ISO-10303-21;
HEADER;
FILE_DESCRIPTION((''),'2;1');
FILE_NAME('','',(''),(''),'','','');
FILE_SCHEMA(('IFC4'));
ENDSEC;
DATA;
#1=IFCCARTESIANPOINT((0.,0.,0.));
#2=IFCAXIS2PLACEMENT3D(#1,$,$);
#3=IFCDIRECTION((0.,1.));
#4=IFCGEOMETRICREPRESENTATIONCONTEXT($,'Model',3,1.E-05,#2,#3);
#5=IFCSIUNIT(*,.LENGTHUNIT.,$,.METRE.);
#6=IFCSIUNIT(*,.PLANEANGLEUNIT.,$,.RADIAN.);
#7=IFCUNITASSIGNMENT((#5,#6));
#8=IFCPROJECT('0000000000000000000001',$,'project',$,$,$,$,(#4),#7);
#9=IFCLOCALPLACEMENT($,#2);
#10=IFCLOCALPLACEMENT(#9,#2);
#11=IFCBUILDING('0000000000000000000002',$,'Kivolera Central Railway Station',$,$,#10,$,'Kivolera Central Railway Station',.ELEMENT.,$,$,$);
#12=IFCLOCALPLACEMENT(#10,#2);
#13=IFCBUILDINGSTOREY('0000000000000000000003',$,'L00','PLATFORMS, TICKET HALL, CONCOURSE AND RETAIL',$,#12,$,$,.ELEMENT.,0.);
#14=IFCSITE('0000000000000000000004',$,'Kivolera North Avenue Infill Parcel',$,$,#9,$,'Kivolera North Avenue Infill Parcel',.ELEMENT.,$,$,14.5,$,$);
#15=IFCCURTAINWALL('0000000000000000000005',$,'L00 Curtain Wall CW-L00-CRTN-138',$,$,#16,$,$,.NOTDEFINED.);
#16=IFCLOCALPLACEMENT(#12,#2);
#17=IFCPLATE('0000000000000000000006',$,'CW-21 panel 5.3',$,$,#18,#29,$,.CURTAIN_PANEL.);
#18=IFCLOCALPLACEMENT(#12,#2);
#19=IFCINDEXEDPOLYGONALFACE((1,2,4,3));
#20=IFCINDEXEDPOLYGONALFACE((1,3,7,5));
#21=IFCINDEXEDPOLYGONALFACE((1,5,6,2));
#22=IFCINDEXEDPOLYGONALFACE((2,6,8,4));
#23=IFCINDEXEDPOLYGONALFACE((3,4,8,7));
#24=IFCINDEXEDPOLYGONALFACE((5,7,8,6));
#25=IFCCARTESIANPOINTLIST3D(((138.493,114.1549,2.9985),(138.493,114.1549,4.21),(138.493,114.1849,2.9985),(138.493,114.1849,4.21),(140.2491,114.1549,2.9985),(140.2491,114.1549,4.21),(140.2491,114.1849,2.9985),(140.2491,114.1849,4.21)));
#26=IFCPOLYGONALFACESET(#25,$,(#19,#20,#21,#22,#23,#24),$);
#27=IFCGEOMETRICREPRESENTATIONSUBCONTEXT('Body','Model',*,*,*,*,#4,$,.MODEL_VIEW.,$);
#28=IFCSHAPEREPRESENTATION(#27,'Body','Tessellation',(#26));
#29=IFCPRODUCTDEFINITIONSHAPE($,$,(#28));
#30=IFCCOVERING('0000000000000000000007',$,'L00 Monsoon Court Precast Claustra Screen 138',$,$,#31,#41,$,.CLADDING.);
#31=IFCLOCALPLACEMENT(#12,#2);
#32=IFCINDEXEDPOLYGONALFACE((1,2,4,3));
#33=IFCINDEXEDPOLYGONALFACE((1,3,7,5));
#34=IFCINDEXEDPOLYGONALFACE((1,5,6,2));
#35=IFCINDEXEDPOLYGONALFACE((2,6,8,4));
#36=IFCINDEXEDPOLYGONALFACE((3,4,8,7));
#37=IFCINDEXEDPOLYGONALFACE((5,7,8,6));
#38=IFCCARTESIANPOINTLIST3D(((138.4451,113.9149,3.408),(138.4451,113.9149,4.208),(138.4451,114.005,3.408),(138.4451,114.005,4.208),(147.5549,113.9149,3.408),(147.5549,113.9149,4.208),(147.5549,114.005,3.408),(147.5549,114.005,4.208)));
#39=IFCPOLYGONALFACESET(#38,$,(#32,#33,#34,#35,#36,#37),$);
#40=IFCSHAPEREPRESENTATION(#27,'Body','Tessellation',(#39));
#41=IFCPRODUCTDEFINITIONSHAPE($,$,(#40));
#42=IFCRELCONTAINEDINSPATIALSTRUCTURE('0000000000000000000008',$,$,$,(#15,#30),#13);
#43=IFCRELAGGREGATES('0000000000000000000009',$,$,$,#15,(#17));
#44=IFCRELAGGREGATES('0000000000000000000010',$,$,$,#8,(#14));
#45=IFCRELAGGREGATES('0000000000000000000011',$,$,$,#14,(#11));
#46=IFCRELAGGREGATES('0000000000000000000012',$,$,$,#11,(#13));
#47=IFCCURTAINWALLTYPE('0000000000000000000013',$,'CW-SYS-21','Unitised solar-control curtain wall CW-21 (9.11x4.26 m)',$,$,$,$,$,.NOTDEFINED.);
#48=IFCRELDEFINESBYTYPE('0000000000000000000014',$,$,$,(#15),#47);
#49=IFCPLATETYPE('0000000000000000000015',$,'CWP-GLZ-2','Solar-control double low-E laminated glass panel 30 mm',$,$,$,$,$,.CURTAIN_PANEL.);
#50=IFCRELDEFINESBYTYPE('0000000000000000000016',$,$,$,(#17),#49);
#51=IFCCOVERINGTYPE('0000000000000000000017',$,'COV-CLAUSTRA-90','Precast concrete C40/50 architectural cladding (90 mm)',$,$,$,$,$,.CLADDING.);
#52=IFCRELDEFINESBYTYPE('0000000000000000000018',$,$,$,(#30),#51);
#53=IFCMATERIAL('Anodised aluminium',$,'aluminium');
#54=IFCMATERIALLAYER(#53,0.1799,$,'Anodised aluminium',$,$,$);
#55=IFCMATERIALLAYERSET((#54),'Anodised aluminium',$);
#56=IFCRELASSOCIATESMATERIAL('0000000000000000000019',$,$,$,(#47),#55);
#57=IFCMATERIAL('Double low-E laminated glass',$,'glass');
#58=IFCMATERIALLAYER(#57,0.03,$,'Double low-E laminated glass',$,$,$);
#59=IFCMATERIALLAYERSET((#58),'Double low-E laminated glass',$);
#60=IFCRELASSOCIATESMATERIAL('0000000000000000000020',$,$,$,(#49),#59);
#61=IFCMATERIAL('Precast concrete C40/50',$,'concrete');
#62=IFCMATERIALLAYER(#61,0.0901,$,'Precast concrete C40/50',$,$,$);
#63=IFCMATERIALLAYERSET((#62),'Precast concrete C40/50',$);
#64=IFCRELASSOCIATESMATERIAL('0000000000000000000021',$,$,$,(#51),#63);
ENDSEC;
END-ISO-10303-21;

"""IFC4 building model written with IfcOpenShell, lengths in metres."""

from ifc_helpers import new_model, si_unit, direction, frame, frame_2d, origin, origin_2d, place, context, subcontext, project, spatial, rectangle, extrude, material, layer, layer_set, type_object, element, aggregate, save


model = new_model("IFC4")

# Units and contexts
model_context = context("Model", 3, precision=1e-05, world=origin(), true_north=direction((0.0, 1.0)))
body_context = subcontext(model_context, "Body", "Model", "MODEL_VIEW")
ifc_project = project(units=[si_unit("LENGTHUNIT", "METRE"), si_unit("PLANEANGLEUNIT", "RADIAN")], contexts=[model_context])

# Site, building, storey
site_placement = place(None, origin())
site = spatial("IfcSite", under=ifc_project, at=site_placement, Name="Kivolera North Avenue Infill Parcel", LongName="Kivolera North Avenue Infill Parcel", CompositionType="ELEMENT", RefElevation=14.5)
building_placement = place(site_placement, origin())
building = spatial("IfcBuilding", under=site, at=building_placement, Name="Kivolera Central Railway Station", LongName="Kivolera Central Railway Station", CompositionType="ELEMENT")
storey_placement = place(building_placement, origin())
storey = spatial("IfcBuildingStorey", under=building, at=storey_placement, Name="L00", Description="PLATFORMS, TICKET HALL, CONCOURSE AND RETAIL", CompositionType="ELEMENT", Elevation=0.0)

# Curtain wall, plate
ifc_material_1 = material(Name="Anodised aluminium", Category="aluminium")
ifc_layer_1 = layer(ifc_material_1, 0.1799, Name="Anodised aluminium")
ifc_layer_set_1 = layer_set([ifc_layer_1], Name="Anodised aluminium")
curtain_wall_type = type_object("IfcCurtainWallType", Name="CW-SYS-21", Description="Unitised solar-control curtain wall CW-21 (9.11x4.26 m)", PredefinedType="NOTDEFINED", material=ifc_layer_set_1)
curtain_wall_placement = place(storey_placement, origin())
curtain_wall = element("IfcCurtainWall", 1, at=curtain_wall_placement, inside=storey, type_object=curtain_wall_type, Name="L00 Curtain Wall CW-L00-CRTN-138", PredefinedType="NOTDEFINED")
ifc_material_2 = material(Name="Double low-E laminated glass", Category="glass")
ifc_layer_2 = layer(ifc_material_2, 0.03, Name="Double low-E laminated glass")
ifc_layer_set_2 = layer_set([ifc_layer_2], Name="Double low-E laminated glass")
plate_type = type_object("IfcPlateType", Name="CWP-GLZ-2", Description="Solar-control double low-E laminated glass panel 30 mm", PredefinedType="CURTAIN_PANEL", material=ifc_layer_set_2)
plate_1_placement = place(storey_placement, frame((139.3711, 114.1699, 2.9985), z_axis=(0.0, 0.0, 1.0), x_axis=(-1.0, 0.0, 0.0)))
plate_1 = element("IfcPlate", 2, at=plate_1_placement, type_object=plate_type, Name="CW-21 panel 5.3", PredefinedType="CURTAIN_PANEL", context=body_context, shape_type="SweptSolid", body=[
    extrude(rectangle(XDim=1.7561, YDim=0.03, at=origin_2d()), origin(), (0.0, 0.0, 1.0), 1.2114),
])
aggregate(curtain_wall, [plate_1])

# Covering
ifc_material_3 = material(Name="Precast concrete C40/50", Category="concrete")
ifc_layer_3 = layer(ifc_material_3, 0.0901, Name="Precast concrete C40/50")
ifc_layer_set_3 = layer_set([ifc_layer_3], Name="Precast concrete C40/50")
covering_type = type_object("IfcCoveringType", Name="COV-CLAUSTRA-90", Description="Precast concrete C40/50 architectural cladding (90 mm)", PredefinedType="CLADDING", material=ifc_layer_set_3)
covering_placement = place(storey_placement, frame((147.5549, 113.96, 3.408), z_axis=(0.0, 0.0, 1.0), x_axis=(-1.0, 0.0, 0.0)))
element("IfcCovering", 3, at=covering_placement, inside=storey, type_object=covering_type, Name="L00 Monsoon Court Precast Claustra Screen 138", PredefinedType="CLADDING", context=body_context, shape_type="SweptSolid", body=[
    extrude(rectangle(XDim=9.1099, YDim=0.0901, at=frame_2d((4.5549, 0.0))), origin(), (0.0, 0.0, 1.0), 0.8),
])

save(model, "model.ifc")
